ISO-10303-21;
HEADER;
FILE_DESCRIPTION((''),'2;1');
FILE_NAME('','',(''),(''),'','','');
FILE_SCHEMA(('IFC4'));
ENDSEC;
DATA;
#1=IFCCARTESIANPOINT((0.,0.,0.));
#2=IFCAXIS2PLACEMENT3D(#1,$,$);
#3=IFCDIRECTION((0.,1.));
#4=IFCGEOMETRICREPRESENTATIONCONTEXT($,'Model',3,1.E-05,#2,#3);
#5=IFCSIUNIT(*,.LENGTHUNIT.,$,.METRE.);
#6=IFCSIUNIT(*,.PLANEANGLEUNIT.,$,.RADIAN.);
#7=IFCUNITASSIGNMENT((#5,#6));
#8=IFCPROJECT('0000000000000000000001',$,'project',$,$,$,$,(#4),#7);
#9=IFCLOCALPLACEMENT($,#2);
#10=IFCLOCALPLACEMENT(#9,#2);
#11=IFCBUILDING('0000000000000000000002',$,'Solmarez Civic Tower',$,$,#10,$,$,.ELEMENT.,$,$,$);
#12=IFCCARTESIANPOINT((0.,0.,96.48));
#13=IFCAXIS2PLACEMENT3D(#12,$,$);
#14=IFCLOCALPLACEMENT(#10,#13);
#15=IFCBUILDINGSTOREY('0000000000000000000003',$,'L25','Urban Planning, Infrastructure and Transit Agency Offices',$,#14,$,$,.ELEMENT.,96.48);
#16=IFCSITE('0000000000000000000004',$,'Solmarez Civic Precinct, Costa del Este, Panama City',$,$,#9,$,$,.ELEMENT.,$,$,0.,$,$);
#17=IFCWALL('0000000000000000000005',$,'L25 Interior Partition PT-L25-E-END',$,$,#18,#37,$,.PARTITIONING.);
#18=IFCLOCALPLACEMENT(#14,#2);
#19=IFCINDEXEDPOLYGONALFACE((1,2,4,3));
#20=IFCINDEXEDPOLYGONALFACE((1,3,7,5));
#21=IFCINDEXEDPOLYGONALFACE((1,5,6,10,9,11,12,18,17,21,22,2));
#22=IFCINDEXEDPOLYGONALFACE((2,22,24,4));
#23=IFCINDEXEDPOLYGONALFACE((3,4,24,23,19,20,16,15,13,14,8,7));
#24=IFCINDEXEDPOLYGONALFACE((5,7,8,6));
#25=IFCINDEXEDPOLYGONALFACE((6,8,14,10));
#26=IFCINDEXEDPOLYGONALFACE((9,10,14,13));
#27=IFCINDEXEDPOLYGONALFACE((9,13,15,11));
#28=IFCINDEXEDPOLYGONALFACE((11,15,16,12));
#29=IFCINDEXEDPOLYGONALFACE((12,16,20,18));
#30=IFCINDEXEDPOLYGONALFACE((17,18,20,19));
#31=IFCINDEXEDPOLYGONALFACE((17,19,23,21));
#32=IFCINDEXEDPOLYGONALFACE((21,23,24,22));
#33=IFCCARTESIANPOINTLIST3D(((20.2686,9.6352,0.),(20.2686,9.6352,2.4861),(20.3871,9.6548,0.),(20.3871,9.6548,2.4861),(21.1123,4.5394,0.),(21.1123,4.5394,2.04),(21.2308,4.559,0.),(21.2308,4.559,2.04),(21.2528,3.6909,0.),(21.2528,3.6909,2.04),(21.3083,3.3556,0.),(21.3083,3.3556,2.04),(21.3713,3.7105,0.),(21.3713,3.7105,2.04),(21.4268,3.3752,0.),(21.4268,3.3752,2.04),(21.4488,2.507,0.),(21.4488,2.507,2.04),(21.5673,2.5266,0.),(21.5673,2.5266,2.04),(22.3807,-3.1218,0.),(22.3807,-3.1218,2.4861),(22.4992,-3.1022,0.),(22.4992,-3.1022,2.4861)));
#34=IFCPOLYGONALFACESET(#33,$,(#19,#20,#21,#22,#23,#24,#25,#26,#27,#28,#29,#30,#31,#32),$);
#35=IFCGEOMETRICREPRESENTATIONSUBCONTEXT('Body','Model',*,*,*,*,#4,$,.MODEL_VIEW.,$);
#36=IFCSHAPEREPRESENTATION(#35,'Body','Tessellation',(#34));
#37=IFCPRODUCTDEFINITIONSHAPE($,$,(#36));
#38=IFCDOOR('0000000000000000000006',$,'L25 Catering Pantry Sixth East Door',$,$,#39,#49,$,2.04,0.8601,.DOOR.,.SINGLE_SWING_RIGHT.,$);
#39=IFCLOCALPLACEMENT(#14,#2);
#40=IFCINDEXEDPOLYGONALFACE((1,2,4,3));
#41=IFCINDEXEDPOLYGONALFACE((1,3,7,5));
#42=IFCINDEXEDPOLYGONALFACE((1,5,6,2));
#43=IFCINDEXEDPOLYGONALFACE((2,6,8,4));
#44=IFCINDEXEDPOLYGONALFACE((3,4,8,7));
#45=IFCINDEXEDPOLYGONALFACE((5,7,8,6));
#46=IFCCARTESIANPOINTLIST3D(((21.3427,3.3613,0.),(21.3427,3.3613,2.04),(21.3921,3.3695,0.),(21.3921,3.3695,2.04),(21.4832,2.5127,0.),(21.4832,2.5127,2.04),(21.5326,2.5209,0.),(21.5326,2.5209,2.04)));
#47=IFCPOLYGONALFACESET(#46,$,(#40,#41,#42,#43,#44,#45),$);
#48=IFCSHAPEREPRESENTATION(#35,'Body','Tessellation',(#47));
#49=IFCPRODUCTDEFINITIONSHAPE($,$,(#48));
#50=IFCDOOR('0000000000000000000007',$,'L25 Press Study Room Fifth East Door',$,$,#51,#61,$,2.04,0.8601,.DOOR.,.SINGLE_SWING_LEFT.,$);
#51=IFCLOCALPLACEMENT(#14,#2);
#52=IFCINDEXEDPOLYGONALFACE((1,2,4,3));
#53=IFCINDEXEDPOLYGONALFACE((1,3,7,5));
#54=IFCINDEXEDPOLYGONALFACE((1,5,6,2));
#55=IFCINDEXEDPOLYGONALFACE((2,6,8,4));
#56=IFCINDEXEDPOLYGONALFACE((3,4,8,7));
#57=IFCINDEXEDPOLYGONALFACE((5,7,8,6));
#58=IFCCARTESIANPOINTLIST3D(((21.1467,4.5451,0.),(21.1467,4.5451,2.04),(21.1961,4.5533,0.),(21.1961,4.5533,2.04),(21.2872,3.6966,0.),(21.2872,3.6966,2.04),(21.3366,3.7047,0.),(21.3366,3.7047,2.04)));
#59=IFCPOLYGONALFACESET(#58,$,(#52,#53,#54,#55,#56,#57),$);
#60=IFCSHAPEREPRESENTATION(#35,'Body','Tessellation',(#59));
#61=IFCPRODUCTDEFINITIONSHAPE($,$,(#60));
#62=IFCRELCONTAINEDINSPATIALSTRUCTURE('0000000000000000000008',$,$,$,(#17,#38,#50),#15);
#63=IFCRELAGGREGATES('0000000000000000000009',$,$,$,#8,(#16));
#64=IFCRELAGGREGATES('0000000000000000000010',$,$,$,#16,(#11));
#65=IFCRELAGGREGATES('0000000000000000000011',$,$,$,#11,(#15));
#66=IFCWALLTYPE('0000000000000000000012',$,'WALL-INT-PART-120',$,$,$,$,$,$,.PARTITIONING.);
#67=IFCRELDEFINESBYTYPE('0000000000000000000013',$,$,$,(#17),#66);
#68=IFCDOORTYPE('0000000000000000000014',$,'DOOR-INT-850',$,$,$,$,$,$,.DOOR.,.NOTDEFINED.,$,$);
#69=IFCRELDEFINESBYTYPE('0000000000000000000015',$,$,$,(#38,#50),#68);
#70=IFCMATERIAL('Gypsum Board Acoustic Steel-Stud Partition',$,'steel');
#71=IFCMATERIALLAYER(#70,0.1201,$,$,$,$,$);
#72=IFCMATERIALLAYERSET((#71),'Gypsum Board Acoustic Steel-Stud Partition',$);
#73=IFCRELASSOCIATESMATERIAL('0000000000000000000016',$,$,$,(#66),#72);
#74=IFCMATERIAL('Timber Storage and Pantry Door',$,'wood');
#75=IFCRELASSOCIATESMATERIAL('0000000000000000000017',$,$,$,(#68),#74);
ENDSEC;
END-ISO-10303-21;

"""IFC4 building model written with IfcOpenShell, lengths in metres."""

from ifc_helpers import new_model, si_unit, direction, frame, frame_2d, origin, place, context, subcontext, project, spatial, rectangle, extrude, material, layer, layer_set, type_object, element, fill, save


model = new_model("IFC4")

# Units and contexts
model_context = context("Model", 3, precision=1e-05, world=origin(), true_north=direction((0.0, 1.0)))
body_context = subcontext(model_context, "Body", "Model", "MODEL_VIEW")
ifc_project = project(units=[si_unit("LENGTHUNIT", "METRE"), si_unit("PLANEANGLEUNIT", "RADIAN")], contexts=[model_context])

# Site, building, storey
site_placement = place(None, origin())
site = spatial("IfcSite", under=ifc_project, at=site_placement, Name="Solmarez Civic Precinct, Costa del Este, Panama City", CompositionType="ELEMENT", RefElevation=0.0)
building_placement = place(site_placement, origin())
building = spatial("IfcBuilding", under=site, at=building_placement, Name="Solmarez Civic Tower", CompositionType="ELEMENT")
storey_placement = place(building_placement, frame((0.0, 0.0, 96.48)))
storey = spatial("IfcBuildingStorey", under=building, at=storey_placement, Name="L25", Description="Urban Planning, Infrastructure and Transit Agency Offices", CompositionType="ELEMENT", Elevation=96.48)

# Shared definitions
ifc_material_1 = material(Name="Gypsum Board Acoustic Steel-Stud Partition", Category="steel")
ifc_layer_1 = layer(ifc_material_1, 0.1201)
ifc_layer_set_1 = layer_set([ifc_layer_1], Name="Gypsum Board Acoustic Steel-Stud Partition")
wall_type_1 = type_object("IfcWallType", Name="WALL-INT-PART-120", PredefinedType="PARTITIONING", material=ifc_layer_set_1)

# Shared definitions
ifc_material_2 = material(Name="Timber Storage and Pantry Door", Category="wood")
door_type_1 = type_object("IfcDoorType", Name="DOOR-INT-850", OperationType="NOTDEFINED", PredefinedType="DOOR", material=ifc_material_2)

# Wall, openings, doors
wall_1_placement = place(storey_placement, frame((20.3279, 9.645, 0.0), z_axis=(0.0, 0.0, 1.0), x_axis=(0.163336, -0.98657, 0.0)))
wall_1 = element("IfcWall", 1, at=wall_1_placement, inside=storey, type_object=wall_type_1, Name="L25 Interior Partition PT-L25-E-END", PredefinedType="PARTITIONING", context=body_context, shape_type="SweptSolid", body=[
    extrude(rectangle(XDim=12.9307, YDim=0.1201, at=frame_2d((6.4653, 0.0))), origin(), (0.0, 0.0, 1.0), 2.4861),
])
opening_1_placement = place(wall_1_placement, frame((6.365, 0.0, 0.0)))
opening_1 = element("IfcOpeningElement", 2, at=opening_1_placement, cuts=wall_1, PredefinedType="OPENING", context=body_context, shape_type="SweptSolid", body=[
    extrude(rectangle(XDim=0.8601, YDim=2.04, at=frame_2d((0.4302, 1.02))), frame((0.0, 0.0701, 0.0), z_axis=(0.0, -1.0, 0.0), x_axis=(1.0, 0.0, 0.0)), (0.0, 0.0, 1.0), 0.1401),
])
opening_2_placement = place(wall_1_placement, frame((5.165, 0.0, 0.0)))
opening_2 = element("IfcOpeningElement", 3, at=opening_2_placement, cuts=wall_1, PredefinedType="OPENING", context=body_context, shape_type="SweptSolid", body=[
    extrude(rectangle(XDim=0.8601, YDim=2.04, at=frame_2d((0.4302, 1.02))), frame((0.0, 0.0701, 0.0), z_axis=(0.0, -1.0, 0.0), x_axis=(1.0, 0.0, 0.0)), (0.0, 0.0, 1.0), 0.1401),
])
door_1_placement = place(opening_1_placement, origin())
door_1 = element("IfcDoor", 4, at=door_1_placement, inside=storey, type_object=door_type_1, Name="L25 Catering Pantry Sixth East Door", OperationType="SINGLE_SWING_RIGHT", OverallHeight=2.04, OverallWidth=0.8601, PredefinedType="DOOR", context=body_context, shape_type="SweptSolid", body=[
    extrude(rectangle(XDim=0.8601, YDim=2.04, at=frame_2d((0.4302, 1.02))), frame((0.0, 0.0249, 0.0), z_axis=(0.0, -1.0, 0.0), x_axis=(1.0, 0.0, 0.0)), (0.0, 0.0, 1.0), 0.05),
])
fill(opening_1, door_1)
door_2_placement = place(opening_2_placement, origin())
door_2 = element("IfcDoor", 5, at=door_2_placement, inside=storey, type_object=door_type_1, Name="L25 Press Study Room Fifth East Door", OperationType="SINGLE_SWING_LEFT", OverallHeight=2.04, OverallWidth=0.8601, PredefinedType="DOOR", context=body_context, shape_type="SweptSolid", body=[
    extrude(rectangle(XDim=0.8601, YDim=2.04, at=frame_2d((0.4302, 1.02))), frame((0.0, 0.0249, 0.0), z_axis=(0.0, -1.0, 0.0), x_axis=(1.0, 0.0, 0.0)), (0.0, 0.0, 1.0), 0.05),
])
fill(opening_2, door_2)

save(model, "model.ifc")
